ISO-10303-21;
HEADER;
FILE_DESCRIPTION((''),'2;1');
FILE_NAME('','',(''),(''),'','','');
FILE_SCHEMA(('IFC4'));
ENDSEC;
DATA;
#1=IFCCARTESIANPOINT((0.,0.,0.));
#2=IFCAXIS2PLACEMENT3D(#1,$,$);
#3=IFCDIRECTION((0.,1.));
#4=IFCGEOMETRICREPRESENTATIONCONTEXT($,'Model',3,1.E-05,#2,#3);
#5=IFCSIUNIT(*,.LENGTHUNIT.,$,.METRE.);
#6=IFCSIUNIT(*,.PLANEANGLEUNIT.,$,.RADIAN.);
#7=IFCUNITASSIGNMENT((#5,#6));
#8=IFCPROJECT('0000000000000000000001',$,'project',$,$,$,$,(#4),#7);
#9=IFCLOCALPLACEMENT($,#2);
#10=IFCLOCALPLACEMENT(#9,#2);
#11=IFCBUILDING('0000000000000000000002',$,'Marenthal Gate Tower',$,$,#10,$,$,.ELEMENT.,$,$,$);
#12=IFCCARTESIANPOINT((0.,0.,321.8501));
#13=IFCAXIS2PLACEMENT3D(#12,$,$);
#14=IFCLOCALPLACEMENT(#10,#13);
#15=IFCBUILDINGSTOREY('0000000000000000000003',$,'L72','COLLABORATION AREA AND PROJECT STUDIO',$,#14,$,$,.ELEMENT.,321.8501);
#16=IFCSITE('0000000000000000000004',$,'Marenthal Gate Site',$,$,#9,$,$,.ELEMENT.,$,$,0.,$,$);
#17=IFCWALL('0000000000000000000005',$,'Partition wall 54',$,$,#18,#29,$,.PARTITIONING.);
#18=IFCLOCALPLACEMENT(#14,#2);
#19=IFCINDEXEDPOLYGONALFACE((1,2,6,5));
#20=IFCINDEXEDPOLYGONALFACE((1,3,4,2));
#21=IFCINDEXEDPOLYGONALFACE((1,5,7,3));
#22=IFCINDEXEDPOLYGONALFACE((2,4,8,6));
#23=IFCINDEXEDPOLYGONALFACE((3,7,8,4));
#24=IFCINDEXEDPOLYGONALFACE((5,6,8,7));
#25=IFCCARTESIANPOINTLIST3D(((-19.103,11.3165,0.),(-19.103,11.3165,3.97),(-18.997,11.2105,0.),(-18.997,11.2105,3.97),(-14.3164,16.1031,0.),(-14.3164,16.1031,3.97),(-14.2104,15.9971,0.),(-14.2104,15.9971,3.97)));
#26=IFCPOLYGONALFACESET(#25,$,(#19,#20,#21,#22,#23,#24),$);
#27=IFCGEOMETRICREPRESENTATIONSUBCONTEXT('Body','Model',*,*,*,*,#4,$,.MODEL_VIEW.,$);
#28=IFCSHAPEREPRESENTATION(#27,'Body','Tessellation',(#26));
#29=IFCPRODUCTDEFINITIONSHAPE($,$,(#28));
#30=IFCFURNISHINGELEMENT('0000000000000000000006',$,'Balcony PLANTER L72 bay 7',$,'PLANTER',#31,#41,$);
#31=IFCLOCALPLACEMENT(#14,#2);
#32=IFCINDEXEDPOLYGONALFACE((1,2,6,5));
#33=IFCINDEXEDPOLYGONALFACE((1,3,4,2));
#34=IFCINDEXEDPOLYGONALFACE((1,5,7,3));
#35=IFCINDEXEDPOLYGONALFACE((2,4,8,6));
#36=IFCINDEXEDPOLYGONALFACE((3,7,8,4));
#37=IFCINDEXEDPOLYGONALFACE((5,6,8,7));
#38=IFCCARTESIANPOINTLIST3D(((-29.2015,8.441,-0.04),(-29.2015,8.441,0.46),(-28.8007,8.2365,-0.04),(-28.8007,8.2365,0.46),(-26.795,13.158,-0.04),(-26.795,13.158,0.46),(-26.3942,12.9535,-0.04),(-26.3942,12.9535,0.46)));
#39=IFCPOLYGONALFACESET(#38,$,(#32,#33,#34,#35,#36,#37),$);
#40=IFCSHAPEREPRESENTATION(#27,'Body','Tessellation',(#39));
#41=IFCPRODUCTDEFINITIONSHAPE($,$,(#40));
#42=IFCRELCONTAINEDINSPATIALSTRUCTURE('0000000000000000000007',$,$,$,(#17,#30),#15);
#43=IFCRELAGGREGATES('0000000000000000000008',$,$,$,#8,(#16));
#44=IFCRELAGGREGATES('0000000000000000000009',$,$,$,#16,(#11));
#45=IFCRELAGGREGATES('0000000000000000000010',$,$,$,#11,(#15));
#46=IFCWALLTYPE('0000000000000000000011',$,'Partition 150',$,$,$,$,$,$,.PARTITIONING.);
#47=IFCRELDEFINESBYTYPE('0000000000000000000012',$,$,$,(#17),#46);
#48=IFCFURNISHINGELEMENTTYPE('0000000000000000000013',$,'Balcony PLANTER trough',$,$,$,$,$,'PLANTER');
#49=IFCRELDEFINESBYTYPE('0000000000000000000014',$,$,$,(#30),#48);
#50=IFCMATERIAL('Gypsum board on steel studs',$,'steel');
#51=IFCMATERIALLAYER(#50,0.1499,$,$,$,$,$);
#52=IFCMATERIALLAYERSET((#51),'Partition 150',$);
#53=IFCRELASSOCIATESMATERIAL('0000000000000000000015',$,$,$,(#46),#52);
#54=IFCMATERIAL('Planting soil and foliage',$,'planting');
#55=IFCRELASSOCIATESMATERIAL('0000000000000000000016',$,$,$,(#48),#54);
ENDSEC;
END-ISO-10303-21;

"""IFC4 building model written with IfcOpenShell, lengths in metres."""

from ifc_helpers import new_model, si_unit, direction, frame, frame_2d, origin, origin_2d, place, context, subcontext, project, spatial, rectangle, extrude, material, layer, layer_set, type_object, element, save


model = new_model("IFC4")

# Units and contexts
model_context = context("Model", 3, precision=1e-05, world=origin(), true_north=direction((0.0, 1.0)))
body_context = subcontext(model_context, "Body", "Model", "MODEL_VIEW")
ifc_project = project(units=[si_unit("LENGTHUNIT", "METRE"), si_unit("PLANEANGLEUNIT", "RADIAN")], contexts=[model_context])

# Site, building, storey
site_placement = place(None, origin())
site = spatial("IfcSite", under=ifc_project, at=site_placement, Name="Marenthal Gate Site", CompositionType="ELEMENT", RefElevation=0.0)
building_placement = place(site_placement, origin())
building = spatial("IfcBuilding", under=site, at=building_placement, Name="Marenthal Gate Tower", CompositionType="ELEMENT")
storey_placement = place(building_placement, frame((0.0, 0.0, 321.8501)))
storey = spatial("IfcBuildingStorey", under=building, at=storey_placement, Name="L72", Description="COLLABORATION AREA AND PROJECT STUDIO", CompositionType="ELEMENT", Elevation=321.8501)

# Wall
ifc_material_1 = material(Name="Gypsum board on steel studs", Category="steel")
ifc_layer_1 = layer(ifc_material_1, 0.1499)
ifc_layer_set_1 = layer_set([ifc_layer_1], Name="Partition 150")
wall_type_1 = type_object("IfcWallType", Name="Partition 150", PredefinedType="PARTITIONING", material=ifc_layer_set_1)
wall_1_placement = place(storey_placement, frame((-19.05, 11.2634, 0.0), z_axis=(0.0, 0.0, 1.0), x_axis=(0.707107, 0.707107, 0.0)))
element("IfcWall", 1, at=wall_1_placement, inside=storey, type_object=wall_type_1, Name="Partition wall 54", PredefinedType="PARTITIONING", context=body_context, shape_type="SweptSolid", body=[
    extrude(rectangle(XDim=6.7693, YDim=0.1499, at=frame_2d((3.3848, 0.0))), origin(), (0.0, 0.0, 1.0), 3.97),
])

# Furnishing element
ifc_material_2 = material(Name="Planting soil and foliage", Category="planting")
furnishing_element_type = type_object("IfcFurnishingElementType", Name="Balcony PLANTER trough", ElementType="PLANTER", material=ifc_material_2)
furnishing_placement = place(storey_placement, frame((-27.7979, 10.6973, -0.04), z_axis=(0.0, 0.0, 1.0), x_axis=(-0.454443, -0.890776, 0.0)))
element("IfcFurnishingElement", 2, at=furnishing_placement, inside=storey, type_object=furnishing_element_type, Name="Balcony PLANTER L72 bay 7", ObjectType="PLANTER", context=body_context, shape_type="SweptSolid", body=[
    extrude(rectangle(XDim=5.2954, YDim=0.45, at=origin_2d()), origin(), (0.0, 0.0, 1.0), 0.5),
])

save(model, "model.ifc")
